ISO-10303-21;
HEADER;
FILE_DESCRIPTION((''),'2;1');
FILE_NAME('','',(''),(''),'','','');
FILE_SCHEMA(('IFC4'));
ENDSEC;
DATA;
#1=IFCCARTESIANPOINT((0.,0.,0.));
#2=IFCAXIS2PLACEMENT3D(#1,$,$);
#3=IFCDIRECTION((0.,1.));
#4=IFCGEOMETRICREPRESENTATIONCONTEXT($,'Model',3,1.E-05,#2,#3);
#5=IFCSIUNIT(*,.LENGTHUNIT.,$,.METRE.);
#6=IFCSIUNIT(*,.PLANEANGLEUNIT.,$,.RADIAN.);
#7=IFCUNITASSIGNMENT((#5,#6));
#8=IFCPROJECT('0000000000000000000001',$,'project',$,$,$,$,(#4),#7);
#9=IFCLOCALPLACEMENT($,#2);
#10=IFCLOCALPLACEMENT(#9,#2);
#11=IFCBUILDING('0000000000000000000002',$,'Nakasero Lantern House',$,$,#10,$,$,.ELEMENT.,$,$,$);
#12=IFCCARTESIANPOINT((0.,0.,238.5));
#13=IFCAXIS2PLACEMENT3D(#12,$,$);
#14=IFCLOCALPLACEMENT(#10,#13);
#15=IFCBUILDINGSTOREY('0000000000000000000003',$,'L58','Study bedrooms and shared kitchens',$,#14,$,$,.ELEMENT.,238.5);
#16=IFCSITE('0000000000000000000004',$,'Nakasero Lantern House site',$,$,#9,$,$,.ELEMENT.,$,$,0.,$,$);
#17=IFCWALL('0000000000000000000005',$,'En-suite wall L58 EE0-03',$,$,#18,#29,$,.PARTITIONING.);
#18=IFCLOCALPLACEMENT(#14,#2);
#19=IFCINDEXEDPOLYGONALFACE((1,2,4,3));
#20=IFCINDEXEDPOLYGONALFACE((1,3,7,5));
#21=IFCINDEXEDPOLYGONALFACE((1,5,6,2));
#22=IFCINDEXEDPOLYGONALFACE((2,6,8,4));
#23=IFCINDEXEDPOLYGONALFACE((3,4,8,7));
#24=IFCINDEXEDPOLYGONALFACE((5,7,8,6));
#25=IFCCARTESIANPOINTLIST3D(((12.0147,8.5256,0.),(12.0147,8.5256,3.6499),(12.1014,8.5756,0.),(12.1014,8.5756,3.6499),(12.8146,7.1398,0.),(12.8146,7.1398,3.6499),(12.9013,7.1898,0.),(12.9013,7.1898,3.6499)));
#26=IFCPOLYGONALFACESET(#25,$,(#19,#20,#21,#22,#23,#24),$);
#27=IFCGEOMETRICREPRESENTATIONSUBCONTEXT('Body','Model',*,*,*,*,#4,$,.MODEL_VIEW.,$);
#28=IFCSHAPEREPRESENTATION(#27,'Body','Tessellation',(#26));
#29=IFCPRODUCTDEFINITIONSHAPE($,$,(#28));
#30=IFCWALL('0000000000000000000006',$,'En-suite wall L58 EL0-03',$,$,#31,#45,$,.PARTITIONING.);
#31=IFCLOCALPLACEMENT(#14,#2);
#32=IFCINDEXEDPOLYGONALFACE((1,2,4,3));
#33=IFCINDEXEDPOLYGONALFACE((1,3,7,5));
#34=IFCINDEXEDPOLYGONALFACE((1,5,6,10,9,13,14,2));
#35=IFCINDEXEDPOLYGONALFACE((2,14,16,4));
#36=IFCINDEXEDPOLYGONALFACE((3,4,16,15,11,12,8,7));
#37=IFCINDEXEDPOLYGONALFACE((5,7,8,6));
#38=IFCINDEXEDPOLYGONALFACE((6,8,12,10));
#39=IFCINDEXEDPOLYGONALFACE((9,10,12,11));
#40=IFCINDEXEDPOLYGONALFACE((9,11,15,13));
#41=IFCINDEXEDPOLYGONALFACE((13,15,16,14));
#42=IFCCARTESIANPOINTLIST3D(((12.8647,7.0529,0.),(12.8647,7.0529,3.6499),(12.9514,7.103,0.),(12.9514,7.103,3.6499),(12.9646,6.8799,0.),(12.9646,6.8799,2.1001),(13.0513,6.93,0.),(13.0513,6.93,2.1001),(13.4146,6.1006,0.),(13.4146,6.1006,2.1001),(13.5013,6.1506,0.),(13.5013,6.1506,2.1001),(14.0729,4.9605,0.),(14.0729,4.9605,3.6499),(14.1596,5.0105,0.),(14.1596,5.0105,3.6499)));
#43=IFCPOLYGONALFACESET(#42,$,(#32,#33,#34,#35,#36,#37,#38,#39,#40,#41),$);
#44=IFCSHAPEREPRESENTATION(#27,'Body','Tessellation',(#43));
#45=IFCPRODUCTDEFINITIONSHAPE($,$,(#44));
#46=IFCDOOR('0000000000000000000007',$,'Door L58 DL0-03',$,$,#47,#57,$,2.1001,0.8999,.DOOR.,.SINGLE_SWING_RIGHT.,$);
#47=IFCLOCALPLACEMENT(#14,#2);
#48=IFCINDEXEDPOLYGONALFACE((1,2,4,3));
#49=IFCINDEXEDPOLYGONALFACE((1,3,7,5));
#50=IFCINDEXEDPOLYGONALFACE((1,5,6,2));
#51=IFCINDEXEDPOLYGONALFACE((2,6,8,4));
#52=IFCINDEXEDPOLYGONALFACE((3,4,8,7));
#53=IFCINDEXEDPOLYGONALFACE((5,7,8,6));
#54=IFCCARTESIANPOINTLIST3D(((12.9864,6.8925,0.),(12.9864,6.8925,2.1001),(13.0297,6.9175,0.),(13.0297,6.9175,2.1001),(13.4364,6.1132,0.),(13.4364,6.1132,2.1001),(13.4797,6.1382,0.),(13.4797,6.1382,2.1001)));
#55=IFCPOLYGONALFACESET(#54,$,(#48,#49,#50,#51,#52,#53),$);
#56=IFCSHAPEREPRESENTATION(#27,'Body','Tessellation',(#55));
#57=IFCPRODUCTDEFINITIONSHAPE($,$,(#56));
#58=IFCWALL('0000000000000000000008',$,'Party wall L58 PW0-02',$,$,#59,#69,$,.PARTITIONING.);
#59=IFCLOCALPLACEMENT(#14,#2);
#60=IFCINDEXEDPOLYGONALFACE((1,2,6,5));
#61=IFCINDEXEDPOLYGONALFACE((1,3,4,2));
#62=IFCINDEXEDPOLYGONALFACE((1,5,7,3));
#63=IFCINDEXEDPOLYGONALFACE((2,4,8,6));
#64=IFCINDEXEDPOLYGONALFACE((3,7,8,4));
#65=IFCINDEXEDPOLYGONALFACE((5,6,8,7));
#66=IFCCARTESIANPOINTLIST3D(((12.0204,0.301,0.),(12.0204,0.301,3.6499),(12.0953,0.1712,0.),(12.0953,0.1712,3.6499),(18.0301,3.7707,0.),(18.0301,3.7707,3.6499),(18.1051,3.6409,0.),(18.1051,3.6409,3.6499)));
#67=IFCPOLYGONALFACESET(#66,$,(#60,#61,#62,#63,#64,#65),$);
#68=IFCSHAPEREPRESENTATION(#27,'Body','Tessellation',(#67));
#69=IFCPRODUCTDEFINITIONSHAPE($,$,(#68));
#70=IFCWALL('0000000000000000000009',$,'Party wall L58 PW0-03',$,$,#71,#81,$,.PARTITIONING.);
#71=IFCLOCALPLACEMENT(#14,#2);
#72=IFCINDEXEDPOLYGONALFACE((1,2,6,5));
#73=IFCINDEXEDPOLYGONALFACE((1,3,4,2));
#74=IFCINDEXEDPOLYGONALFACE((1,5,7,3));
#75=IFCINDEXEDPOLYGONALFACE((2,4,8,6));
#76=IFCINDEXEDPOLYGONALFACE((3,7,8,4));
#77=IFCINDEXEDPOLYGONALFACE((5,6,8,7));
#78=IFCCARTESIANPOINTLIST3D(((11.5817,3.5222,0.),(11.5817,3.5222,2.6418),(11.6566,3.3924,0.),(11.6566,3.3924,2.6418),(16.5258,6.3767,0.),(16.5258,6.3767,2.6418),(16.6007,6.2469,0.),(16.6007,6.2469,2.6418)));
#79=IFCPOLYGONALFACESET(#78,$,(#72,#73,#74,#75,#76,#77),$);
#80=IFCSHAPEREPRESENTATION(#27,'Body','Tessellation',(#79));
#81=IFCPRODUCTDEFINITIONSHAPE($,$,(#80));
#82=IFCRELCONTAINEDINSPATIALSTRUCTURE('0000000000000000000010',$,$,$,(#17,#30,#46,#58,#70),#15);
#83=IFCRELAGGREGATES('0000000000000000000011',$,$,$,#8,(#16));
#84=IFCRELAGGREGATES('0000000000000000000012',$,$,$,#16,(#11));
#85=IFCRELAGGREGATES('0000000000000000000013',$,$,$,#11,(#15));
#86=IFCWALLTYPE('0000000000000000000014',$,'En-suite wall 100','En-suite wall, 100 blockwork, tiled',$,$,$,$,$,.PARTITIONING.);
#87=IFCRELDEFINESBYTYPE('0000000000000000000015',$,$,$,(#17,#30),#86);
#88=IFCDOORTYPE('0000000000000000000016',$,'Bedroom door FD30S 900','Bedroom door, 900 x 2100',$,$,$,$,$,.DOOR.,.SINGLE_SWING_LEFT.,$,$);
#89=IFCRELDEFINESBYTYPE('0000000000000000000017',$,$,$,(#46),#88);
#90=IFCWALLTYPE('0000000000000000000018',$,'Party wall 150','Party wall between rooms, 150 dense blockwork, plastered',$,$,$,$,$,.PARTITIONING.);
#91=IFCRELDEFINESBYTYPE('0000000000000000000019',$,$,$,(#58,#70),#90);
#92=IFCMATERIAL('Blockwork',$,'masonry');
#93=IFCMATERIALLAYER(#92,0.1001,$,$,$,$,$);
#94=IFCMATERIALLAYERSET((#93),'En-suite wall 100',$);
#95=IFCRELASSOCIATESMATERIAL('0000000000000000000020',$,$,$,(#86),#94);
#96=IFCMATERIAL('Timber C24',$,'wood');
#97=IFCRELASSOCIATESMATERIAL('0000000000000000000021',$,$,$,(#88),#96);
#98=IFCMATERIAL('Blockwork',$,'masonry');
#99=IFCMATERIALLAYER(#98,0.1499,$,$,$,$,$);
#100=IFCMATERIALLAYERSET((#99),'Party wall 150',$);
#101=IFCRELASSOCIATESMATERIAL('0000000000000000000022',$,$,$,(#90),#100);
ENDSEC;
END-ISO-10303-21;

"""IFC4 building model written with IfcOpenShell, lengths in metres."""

from ifc_helpers import new_model, si_unit, direction, frame, frame_2d, origin, place, context, subcontext, project, spatial, rectangle, extrude, material, layer, layer_set, type_object, element, fill, save


model = new_model("IFC4")

# Units and contexts
model_context = context("Model", 3, precision=1e-05, world=origin(), true_north=direction((0.0, 1.0)))
body_context = subcontext(model_context, "Body", "Model", "MODEL_VIEW")
ifc_project = project(units=[si_unit("LENGTHUNIT", "METRE"), si_unit("PLANEANGLEUNIT", "RADIAN")], contexts=[model_context])

# Site, building, storey
site_placement = place(None, origin())
site = spatial("IfcSite", under=ifc_project, at=site_placement, Name="Nakasero Lantern House site", CompositionType="ELEMENT", RefElevation=0.0)
building_placement = place(site_placement, origin())
building = spatial("IfcBuilding", under=site, at=building_placement, Name="Nakasero Lantern House", CompositionType="ELEMENT")
storey_placement = place(building_placement, frame((0.0, 0.0, 238.5)))
storey = spatial("IfcBuildingStorey", under=building, at=storey_placement, Name="L58", Description="Study bedrooms and shared kitchens", CompositionType="ELEMENT", Elevation=238.5)

# Wall
ifc_material_1 = material(Name="Blockwork", Category="masonry")
ifc_layer_1 = layer(ifc_material_1, 0.1001)
ifc_layer_set_1 = layer_set([ifc_layer_1], Name="En-suite wall 100")
wall_type_1 = type_object("IfcWallType", Name="En-suite wall 100", Description="En-suite wall, 100 blockwork, tiled", PredefinedType="PARTITIONING", material=ifc_layer_set_1)
wall_1_placement = place(storey_placement, frame((12.8579, 7.1648, 0.0), z_axis=(0.0, 0.0, 1.0), x_axis=(-0.499881, 0.866094, 0.0)))
element("IfcWall", 1, at=wall_1_placement, inside=storey, type_object=wall_type_1, Name="En-suite wall L58 EE0-03", PredefinedType="PARTITIONING", context=body_context, shape_type="SweptSolid", body=[
    extrude(rectangle(XDim=1.6001, YDim=0.1001, at=frame_2d((0.8, 0.0))), origin(), (0.0, 0.0, 1.0), 3.6499),
])

# Wall, opening, door
wall_2_placement = place(storey_placement, frame((14.1162, 4.9856, 0.0), z_axis=(0.0, 0.0, 1.0), x_axis=(-0.50004, 0.866002, 0.0)))
wall_2 = element("IfcWall", 2, at=wall_2_placement, inside=storey, type_object=wall_type_1, Name="En-suite wall L58 EL0-03", PredefinedType="PARTITIONING", context=body_context, shape_type="SweptSolid", body=[
    extrude(rectangle(XDim=2.4163, YDim=0.1001, at=frame_2d((1.208, 0.0))), origin(), (0.0, 0.0, 1.0), 3.6499),
])
opening_1_placement = place(wall_2_placement, frame((1.3164, 0.0, 0.0)))
opening_1 = element("IfcOpeningElement", 3, at=opening_1_placement, cuts=wall_2, PredefinedType="OPENING", context=body_context, shape_type="SweptSolid", body=[
    extrude(rectangle(XDim=0.8999, YDim=2.1001, at=frame_2d((0.45, 1.05))), frame((0.0, 0.0701, 0.0), z_axis=(0.0, -1.0, 0.0), x_axis=(1.0, 0.0, 0.0)), (0.0, 0.0, 1.0), 0.1401),
])
ifc_material_2 = material(Name="Timber C24", Category="wood")
door_type_1 = type_object("IfcDoorType", Name="Bedroom door FD30S 900", Description="Bedroom door, 900 x 2100", OperationType="SINGLE_SWING_LEFT", PredefinedType="DOOR", material=ifc_material_2)
door_1_placement = place(opening_1_placement, origin())
door_1 = element("IfcDoor", 4, at=door_1_placement, inside=storey, type_object=door_type_1, Name="Door L58 DL0-03", OperationType="SINGLE_SWING_RIGHT", OverallHeight=2.1001, OverallWidth=0.8999, PredefinedType="DOOR", context=body_context, shape_type="SweptSolid", body=[
    extrude(rectangle(XDim=0.8999, YDim=2.1001, at=frame_2d((0.45, 1.05))), frame((0.0, 0.0249, 0.0), z_axis=(0.0, -1.0, 0.0), x_axis=(1.0, 0.0, 0.0)), (0.0, 0.0, 1.0), 0.05),
])
fill(opening_1, door_1)

# Walls
ifc_material_3 = material(Name="Blockwork", Category="masonry")
ifc_layer_2 = layer(ifc_material_3, 0.1499)
ifc_layer_set_2 = layer_set([ifc_layer_2], Name="Party wall 150")
wall_type_2 = type_object("IfcWallType", Name="Party wall 150", Description="Party wall between rooms, 150 dense blockwork, plastered", PredefinedType="PARTITIONING", material=ifc_layer_set_2)
wall_3_placement = place(storey_placement, frame((12.0579, 0.2361, 0.0), z_axis=(0.0, 0.0, 1.0), x_axis=(0.866026, 0.499999, 0.0)))
element("IfcWall", 5, at=wall_3_placement, inside=storey, type_object=wall_type_2, Name="Party wall L58 PW0-02", PredefinedType="PARTITIONING", context=body_context, shape_type="SweptSolid", body=[
    extrude(rectangle(XDim=6.9395, YDim=0.1499, at=frame_2d((3.4697, 0.0))), origin(), (0.0, 0.0, 1.0), 3.6499),
])
wall_4_placement = place(storey_placement, frame((11.6191, 3.4573, 0.0), z_axis=(0.0, 0.0, 1.0), x_axis=(0.866024, 0.500003, 0.0)))
element("IfcWall", 6, at=wall_4_placement, inside=storey, type_object=wall_type_2, Name="Party wall L58 PW0-03", PredefinedType="PARTITIONING", context=body_context, shape_type="SweptSolid", body=[
    extrude(rectangle(XDim=5.709, YDim=0.1499, at=frame_2d((2.8545, 0.0))), origin(), (0.0, 0.0, 1.0), 2.6418),
])

save(model, "model.ifc")
